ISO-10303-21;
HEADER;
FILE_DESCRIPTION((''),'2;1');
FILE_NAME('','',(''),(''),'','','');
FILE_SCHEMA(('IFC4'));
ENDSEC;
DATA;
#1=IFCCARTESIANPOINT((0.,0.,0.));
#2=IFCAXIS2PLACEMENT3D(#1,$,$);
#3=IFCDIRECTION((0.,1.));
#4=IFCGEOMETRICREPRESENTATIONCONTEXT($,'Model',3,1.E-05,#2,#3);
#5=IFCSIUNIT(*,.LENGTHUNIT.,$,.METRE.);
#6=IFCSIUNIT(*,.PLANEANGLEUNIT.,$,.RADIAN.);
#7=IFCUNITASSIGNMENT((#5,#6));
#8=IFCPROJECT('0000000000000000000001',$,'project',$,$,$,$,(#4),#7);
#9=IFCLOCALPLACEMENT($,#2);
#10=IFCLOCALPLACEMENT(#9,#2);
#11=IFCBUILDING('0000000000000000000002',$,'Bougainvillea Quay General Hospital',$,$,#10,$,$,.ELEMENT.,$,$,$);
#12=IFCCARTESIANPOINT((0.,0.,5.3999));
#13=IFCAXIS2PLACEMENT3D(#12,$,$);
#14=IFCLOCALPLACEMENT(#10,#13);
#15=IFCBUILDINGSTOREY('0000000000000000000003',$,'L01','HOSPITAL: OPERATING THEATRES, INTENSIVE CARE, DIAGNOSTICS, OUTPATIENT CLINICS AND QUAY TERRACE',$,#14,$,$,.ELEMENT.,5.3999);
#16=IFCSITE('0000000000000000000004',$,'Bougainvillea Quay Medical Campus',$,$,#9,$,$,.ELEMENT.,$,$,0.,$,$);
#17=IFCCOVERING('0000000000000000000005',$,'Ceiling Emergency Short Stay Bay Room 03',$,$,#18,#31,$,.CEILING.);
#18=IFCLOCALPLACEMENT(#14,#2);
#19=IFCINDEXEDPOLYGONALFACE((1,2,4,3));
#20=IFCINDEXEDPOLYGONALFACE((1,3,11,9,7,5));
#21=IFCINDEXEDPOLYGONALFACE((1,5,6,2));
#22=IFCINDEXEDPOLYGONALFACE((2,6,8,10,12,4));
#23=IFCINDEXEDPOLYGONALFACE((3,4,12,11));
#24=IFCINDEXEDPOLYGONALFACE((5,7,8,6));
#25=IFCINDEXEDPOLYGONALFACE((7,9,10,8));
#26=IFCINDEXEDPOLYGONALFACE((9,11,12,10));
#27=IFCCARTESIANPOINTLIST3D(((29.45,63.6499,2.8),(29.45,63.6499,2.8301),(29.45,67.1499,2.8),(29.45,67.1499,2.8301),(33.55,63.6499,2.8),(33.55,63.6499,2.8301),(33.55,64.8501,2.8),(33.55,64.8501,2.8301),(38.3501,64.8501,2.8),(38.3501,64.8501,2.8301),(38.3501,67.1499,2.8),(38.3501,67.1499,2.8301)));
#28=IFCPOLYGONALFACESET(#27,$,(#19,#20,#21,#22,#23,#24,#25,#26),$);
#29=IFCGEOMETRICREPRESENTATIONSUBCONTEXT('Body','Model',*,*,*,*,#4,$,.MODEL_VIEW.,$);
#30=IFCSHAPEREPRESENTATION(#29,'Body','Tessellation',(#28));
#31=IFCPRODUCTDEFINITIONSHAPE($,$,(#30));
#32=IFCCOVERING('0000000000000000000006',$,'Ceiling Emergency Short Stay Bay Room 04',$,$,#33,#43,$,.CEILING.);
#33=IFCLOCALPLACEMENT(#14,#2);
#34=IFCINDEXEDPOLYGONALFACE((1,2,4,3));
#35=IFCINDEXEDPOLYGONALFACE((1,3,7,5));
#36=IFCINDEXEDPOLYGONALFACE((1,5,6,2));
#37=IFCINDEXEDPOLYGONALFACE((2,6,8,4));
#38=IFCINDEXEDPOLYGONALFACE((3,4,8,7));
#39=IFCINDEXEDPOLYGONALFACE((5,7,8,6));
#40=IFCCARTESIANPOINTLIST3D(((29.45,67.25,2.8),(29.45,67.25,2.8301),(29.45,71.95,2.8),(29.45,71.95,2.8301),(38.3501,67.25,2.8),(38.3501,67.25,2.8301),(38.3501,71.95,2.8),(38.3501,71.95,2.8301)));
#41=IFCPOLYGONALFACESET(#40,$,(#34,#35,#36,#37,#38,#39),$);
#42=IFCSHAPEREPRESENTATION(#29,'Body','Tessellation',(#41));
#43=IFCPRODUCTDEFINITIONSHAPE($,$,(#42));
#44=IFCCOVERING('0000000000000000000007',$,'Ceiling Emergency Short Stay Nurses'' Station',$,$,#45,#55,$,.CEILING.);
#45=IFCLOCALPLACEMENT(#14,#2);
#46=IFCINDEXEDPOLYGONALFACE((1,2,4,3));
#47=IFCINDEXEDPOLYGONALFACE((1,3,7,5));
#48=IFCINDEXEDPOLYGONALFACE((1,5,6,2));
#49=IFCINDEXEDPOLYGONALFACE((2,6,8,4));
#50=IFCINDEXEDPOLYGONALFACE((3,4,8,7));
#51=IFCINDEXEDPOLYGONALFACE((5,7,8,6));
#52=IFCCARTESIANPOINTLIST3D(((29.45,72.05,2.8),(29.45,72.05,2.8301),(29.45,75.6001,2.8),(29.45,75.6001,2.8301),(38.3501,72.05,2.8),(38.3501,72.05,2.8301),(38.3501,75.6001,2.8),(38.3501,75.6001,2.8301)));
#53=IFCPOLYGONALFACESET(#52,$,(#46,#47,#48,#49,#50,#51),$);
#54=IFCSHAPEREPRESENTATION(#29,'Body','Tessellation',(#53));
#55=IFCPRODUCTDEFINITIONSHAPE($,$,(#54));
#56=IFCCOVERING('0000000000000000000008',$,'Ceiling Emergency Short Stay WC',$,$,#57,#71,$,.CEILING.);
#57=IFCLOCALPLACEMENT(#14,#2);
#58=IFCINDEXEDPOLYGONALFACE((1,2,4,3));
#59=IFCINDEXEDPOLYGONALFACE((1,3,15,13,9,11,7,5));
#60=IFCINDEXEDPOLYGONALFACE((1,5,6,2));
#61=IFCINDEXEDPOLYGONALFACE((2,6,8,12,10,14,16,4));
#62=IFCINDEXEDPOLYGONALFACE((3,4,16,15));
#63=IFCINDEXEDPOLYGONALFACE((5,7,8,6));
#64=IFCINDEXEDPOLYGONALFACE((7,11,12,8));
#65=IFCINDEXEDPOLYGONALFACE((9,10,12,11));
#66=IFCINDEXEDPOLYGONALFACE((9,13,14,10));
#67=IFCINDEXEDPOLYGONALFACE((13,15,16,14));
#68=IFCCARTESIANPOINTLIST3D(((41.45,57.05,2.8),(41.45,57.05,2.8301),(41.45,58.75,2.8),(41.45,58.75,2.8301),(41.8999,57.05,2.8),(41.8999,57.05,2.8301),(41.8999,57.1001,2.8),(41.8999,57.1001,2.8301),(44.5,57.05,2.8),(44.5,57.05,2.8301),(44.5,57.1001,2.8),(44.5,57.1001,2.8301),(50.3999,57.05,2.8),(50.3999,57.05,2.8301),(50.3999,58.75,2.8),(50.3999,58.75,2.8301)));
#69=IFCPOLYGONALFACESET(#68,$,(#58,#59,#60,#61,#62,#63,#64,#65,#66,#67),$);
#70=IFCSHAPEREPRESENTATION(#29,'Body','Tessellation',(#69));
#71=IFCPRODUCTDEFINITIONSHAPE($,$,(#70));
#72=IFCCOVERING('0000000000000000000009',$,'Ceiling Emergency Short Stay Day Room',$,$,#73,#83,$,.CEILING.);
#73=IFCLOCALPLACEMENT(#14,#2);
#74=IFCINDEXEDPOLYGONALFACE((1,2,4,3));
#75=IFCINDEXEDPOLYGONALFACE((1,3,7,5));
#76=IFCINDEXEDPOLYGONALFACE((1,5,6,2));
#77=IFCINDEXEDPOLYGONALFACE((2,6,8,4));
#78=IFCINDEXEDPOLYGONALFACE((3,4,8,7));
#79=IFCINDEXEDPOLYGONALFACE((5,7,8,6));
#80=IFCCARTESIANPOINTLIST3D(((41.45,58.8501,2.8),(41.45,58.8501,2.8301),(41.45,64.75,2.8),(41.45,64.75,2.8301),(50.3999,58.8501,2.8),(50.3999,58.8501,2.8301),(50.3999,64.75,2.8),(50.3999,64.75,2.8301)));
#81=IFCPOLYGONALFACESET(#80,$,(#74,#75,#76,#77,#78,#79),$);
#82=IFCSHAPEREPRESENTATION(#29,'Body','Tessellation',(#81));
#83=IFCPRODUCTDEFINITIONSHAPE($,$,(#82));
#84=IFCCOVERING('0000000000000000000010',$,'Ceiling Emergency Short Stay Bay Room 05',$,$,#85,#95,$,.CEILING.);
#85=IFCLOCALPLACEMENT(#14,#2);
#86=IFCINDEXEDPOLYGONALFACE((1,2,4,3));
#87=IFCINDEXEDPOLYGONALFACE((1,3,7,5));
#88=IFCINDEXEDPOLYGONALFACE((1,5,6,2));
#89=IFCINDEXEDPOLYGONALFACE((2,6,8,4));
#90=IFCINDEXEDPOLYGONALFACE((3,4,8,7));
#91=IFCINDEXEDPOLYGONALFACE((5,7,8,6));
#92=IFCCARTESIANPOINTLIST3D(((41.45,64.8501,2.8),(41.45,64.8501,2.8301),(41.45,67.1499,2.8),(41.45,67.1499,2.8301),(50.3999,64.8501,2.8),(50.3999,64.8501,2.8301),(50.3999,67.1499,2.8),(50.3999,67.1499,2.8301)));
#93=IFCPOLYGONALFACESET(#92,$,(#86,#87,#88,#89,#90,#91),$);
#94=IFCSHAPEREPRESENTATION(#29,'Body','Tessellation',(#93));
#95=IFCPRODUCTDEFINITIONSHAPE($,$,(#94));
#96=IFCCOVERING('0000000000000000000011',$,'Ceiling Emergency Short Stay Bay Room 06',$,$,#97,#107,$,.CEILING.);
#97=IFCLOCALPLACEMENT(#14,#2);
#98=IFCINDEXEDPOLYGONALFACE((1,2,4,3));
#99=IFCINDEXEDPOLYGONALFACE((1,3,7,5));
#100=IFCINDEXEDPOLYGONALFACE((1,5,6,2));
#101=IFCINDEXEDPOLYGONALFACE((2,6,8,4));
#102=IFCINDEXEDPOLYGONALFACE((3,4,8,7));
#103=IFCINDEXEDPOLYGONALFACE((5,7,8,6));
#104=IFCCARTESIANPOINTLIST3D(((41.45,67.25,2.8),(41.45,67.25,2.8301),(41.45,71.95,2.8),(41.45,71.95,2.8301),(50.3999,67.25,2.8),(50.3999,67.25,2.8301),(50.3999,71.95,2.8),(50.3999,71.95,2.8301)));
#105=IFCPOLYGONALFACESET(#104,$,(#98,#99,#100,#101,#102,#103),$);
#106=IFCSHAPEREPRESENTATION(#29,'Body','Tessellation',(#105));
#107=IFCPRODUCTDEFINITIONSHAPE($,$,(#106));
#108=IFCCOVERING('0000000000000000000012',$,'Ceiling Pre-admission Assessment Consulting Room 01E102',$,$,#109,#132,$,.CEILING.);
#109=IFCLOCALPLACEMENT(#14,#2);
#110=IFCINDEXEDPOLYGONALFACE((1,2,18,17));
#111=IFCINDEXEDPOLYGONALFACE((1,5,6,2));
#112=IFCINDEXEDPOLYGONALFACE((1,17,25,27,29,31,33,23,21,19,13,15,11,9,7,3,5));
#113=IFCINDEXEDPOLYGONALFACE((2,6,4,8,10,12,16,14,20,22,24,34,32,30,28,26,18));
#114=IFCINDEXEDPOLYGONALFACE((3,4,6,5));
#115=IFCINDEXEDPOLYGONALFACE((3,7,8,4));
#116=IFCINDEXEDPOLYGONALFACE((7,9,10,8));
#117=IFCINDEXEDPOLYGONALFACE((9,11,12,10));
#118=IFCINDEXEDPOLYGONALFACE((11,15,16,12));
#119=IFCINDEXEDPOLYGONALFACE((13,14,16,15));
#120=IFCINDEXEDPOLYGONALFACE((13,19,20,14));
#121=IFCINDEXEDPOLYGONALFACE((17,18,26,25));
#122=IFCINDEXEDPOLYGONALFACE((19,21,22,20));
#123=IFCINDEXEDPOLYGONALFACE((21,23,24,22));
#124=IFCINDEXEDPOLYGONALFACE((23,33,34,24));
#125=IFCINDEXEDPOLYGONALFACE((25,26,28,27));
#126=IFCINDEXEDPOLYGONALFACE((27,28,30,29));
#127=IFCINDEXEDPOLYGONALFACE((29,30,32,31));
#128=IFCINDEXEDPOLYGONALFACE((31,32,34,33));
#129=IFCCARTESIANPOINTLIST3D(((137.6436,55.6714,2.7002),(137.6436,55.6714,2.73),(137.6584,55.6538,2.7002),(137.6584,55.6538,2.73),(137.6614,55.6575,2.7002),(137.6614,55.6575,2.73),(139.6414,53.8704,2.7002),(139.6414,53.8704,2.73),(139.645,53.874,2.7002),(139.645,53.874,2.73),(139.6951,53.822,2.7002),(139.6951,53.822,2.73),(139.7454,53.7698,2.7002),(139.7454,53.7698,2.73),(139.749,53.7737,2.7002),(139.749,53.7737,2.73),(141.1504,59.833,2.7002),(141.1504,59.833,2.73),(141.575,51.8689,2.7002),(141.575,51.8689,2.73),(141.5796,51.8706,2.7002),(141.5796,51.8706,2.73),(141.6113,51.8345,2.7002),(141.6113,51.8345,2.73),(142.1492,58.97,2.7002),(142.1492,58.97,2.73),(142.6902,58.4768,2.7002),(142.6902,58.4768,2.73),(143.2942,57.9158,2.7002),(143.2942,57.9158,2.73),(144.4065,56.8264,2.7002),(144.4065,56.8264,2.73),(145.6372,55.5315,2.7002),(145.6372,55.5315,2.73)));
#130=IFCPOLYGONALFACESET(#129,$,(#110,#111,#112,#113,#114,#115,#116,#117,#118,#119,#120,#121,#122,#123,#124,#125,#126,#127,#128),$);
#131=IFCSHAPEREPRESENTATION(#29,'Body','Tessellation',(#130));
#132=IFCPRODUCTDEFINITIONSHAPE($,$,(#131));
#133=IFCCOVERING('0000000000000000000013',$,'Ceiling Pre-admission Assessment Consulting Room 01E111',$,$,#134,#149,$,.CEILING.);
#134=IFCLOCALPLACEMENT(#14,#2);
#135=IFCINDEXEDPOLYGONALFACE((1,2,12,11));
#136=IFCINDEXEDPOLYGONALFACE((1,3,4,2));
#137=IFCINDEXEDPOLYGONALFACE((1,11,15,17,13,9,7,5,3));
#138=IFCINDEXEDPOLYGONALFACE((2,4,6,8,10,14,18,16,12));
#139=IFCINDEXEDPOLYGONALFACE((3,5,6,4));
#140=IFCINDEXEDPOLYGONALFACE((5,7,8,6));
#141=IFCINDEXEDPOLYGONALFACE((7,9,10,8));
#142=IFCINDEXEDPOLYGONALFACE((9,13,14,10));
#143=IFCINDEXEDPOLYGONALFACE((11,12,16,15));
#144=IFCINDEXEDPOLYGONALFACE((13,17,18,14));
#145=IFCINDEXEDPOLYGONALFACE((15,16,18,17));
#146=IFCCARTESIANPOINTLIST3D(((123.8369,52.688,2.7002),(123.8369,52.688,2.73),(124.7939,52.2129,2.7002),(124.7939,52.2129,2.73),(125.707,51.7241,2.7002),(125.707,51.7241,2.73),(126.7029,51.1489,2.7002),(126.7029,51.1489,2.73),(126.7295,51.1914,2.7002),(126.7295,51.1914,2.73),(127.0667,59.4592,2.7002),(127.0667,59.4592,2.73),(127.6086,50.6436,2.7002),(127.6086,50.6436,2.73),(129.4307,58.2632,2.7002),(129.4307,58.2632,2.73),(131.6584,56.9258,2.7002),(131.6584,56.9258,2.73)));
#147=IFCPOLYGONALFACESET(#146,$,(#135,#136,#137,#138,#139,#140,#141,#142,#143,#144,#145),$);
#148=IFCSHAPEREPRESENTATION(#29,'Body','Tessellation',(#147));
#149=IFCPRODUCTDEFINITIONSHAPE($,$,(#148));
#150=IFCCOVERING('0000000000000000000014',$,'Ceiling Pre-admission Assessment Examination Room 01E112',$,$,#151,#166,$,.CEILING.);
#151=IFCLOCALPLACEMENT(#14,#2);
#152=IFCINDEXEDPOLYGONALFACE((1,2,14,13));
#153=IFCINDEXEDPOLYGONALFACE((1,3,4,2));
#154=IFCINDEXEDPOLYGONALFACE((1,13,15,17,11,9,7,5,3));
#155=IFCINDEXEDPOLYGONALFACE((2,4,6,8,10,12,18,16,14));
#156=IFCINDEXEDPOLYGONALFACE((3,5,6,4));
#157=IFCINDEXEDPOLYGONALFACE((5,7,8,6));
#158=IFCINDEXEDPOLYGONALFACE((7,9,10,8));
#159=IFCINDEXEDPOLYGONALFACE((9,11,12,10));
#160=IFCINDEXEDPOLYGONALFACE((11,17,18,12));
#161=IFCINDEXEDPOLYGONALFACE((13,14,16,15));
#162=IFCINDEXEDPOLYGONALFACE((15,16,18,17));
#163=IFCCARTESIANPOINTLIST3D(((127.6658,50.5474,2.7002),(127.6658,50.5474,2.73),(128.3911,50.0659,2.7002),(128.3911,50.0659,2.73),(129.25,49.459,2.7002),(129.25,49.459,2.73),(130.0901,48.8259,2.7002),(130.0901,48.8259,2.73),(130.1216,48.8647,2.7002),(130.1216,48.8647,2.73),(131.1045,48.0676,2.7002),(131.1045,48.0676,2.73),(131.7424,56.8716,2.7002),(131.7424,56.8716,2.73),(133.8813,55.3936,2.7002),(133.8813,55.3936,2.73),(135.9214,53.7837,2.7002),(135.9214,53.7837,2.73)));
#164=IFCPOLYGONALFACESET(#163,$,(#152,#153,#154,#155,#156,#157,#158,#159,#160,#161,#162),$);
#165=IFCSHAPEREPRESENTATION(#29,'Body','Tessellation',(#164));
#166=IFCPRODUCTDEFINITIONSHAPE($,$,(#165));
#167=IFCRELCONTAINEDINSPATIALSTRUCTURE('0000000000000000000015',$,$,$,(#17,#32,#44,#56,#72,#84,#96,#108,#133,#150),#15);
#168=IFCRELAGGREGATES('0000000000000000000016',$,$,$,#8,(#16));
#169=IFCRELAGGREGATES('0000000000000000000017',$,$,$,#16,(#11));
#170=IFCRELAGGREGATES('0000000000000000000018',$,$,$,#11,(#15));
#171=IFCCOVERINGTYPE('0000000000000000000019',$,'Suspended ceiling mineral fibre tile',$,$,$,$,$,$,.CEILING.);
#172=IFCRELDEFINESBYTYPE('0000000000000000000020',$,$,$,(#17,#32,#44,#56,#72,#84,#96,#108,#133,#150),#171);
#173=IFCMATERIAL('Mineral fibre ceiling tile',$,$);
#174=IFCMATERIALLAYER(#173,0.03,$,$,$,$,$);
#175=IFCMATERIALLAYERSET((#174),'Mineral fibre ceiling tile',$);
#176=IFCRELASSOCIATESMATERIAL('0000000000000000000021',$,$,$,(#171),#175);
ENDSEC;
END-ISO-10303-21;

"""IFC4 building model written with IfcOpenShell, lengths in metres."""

from ifc_helpers import new_model, si_unit, direction, frame, origin, place, context, subcontext, project, spatial, polyline, outline, extrude, material, layer, layer_set, type_object, element, save


model = new_model("IFC4")

# Units and contexts
model_context = context("Model", 3, precision=1e-05, world=origin(), true_north=direction((0.0, 1.0)))
body_context = subcontext(model_context, "Body", "Model", "MODEL_VIEW")
ifc_project = project(units=[si_unit("LENGTHUNIT", "METRE"), si_unit("PLANEANGLEUNIT", "RADIAN")], contexts=[model_context])

# Site, building, storey
site_placement = place(None, origin())
site = spatial("IfcSite", under=ifc_project, at=site_placement, Name="Bougainvillea Quay Medical Campus", CompositionType="ELEMENT", RefElevation=0.0)
building_placement = place(site_placement, origin())
building = spatial("IfcBuilding", under=site, at=building_placement, Name="Bougainvillea Quay General Hospital", CompositionType="ELEMENT")
storey_placement = place(building_placement, frame((0.0, 0.0, 5.3999)))
storey = spatial("IfcBuildingStorey", under=building, at=storey_placement, Name="L01", Description="HOSPITAL: OPERATING THEATRES, INTENSIVE CARE, DIAGNOSTICS, OUTPATIENT CLINICS AND QUAY TERRACE", CompositionType="ELEMENT", Elevation=5.3999)

# Coverings
ifc_material = material(Name="Mineral fibre ceiling tile")
ifc_layer = layer(ifc_material, 0.03)
ifc_layer_set = layer_set([ifc_layer], Name="Mineral fibre ceiling tile")
covering_type = type_object("IfcCoveringType", Name="Suspended ceiling mineral fibre tile", PredefinedType="CEILING", material=ifc_layer_set)
covering_1_placement = place(storey_placement, frame((0.0, 0.0, 2.8)))
element("IfcCovering", 1, at=covering_1_placement, inside=storey, type_object=covering_type, Name="Ceiling Emergency Short Stay Bay Room 03", PredefinedType="CEILING", context=body_context, shape_type="SweptSolid", body=[
    extrude(outline(polyline([(38.3501, 64.8501), (38.3501, 67.1499), (29.45, 67.1499), (29.45, 63.6499), (33.55, 63.6499), (33.55, 64.8501), (38.3501, 64.8501)])), origin(), (0.0, 0.0, 1.0), 0.03),
])
covering_2_placement = place(storey_placement, frame((0.0, 0.0, 2.8)))
element("IfcCovering", 2, at=covering_2_placement, inside=storey, type_object=covering_type, Name="Ceiling Emergency Short Stay Bay Room 04", PredefinedType="CEILING", context=body_context, shape_type="SweptSolid", body=[
    extrude(outline(polyline([(38.3501, 67.25), (38.3501, 71.95), (29.45, 71.95), (29.45, 67.25), (38.3501, 67.25)])), origin(), (0.0, 0.0, 1.0), 0.03),
])
covering_3_placement = place(storey_placement, frame((0.0, 0.0, 2.8)))
element("IfcCovering", 3, at=covering_3_placement, inside=storey, type_object=covering_type, Name="Ceiling Emergency Short Stay Nurses' Station", PredefinedType="CEILING", context=body_context, shape_type="SweptSolid", body=[
    extrude(outline(polyline([(29.45, 75.6001), (29.45, 72.05), (38.3501, 72.05), (38.3501, 75.6001), (29.45, 75.6001)])), origin(), (0.0, 0.0, 1.0), 0.03),
])
covering_4_placement = place(storey_placement, frame((0.0, 0.0, 2.8)))
element("IfcCovering", 4, at=covering_4_placement, inside=storey, type_object=covering_type, Name="Ceiling Emergency Short Stay WC", PredefinedType="CEILING", context=body_context, shape_type="SweptSolid", body=[
    extrude(outline(polyline([(50.3999, 58.75), (41.45, 58.75), (41.45, 57.05), (41.8999, 57.05), (41.8999, 57.1001), (44.5, 57.1001), (44.5, 57.05), (50.3999, 57.05), (50.3999, 58.75)])), origin(), (0.0, 0.0, 1.0), 0.03),
])
covering_5_placement = place(storey_placement, frame((0.0, 0.0, 2.8)))
element("IfcCovering", 5, at=covering_5_placement, inside=storey, type_object=covering_type, Name="Ceiling Emergency Short Stay Day Room", PredefinedType="CEILING", context=body_context, shape_type="SweptSolid", body=[
    extrude(outline(polyline([(50.3999, 64.75), (41.45, 64.75), (41.45, 58.8501), (50.3999, 58.8501), (50.3999, 64.75)])), origin(), (0.0, 0.0, 1.0), 0.03),
])
covering_6_placement = place(storey_placement, frame((0.0, 0.0, 2.8)))
element("IfcCovering", 6, at=covering_6_placement, inside=storey, type_object=covering_type, Name="Ceiling Emergency Short Stay Bay Room 05", PredefinedType="CEILING", context=body_context, shape_type="SweptSolid", body=[
    extrude(outline(polyline([(50.3999, 67.1499), (41.45, 67.1499), (41.45, 64.8501), (50.3999, 64.8501), (50.3999, 67.1499)])), origin(), (0.0, 0.0, 1.0), 0.03),
])
covering_7_placement = place(storey_placement, frame((0.0, 0.0, 2.8)))
element("IfcCovering", 7, at=covering_7_placement, inside=storey, type_object=covering_type, Name="Ceiling Emergency Short Stay Bay Room 06", PredefinedType="CEILING", context=body_context, shape_type="SweptSolid", body=[
    extrude(outline(polyline([(50.3999, 71.95), (41.45, 71.95), (41.45, 67.25), (50.3999, 67.25), (50.3999, 71.95)])), origin(), (0.0, 0.0, 1.0), 0.03),
])
covering_8_placement = place(storey_placement, frame((0.0, 0.0, 2.7002)))
element("IfcCovering", 8, at=covering_8_placement, inside=storey, type_object=covering_type, Name="Ceiling Pre-admission Assessment Consulting Room 01E102", PredefinedType="CEILING", context=body_context, shape_type="SweptSolid", body=[
    extrude(outline(polyline([(139.7454, 53.7698), (141.575, 51.8689), (141.5796, 51.8706), (141.6113, 51.8345), (145.6372, 55.5315), (144.4065, 56.8264), (143.2942, 57.9158), (142.6902, 58.4768), (142.1492, 58.97), (141.1504, 59.833), (137.6436, 55.6714), (137.6614, 55.6575), (137.6584, 55.6538), (139.6414, 53.8704), (139.645, 53.874), (139.6951, 53.822), (139.749, 53.7737), (139.7454, 53.7698)])), origin(), (0.0, 0.0, 1.0), 0.0298),
])
covering_9_placement = place(storey_placement, frame((0.0, 0.0, 2.7002)))
element("IfcCovering", 9, at=covering_9_placement, inside=storey, type_object=covering_type, Name="Ceiling Pre-admission Assessment Consulting Room 01E111", PredefinedType="CEILING", context=body_context, shape_type="SweptSolid", body=[
    extrude(outline(polyline([(126.7029, 51.1489), (126.7295, 51.1914), (127.6086, 50.6436), (131.6584, 56.9258), (129.4307, 58.2632), (127.0667, 59.4592), (123.8369, 52.688), (124.7939, 52.2129), (125.707, 51.7241), (126.7029, 51.1489)])), origin(), (0.0, 0.0, 1.0), 0.0298),
])
covering_10_placement = place(storey_placement, frame((0.0, 0.0, 2.7002)))
element("IfcCovering", 10, at=covering_10_placement, inside=storey, type_object=covering_type, Name="Ceiling Pre-admission Assessment Examination Room 01E112", PredefinedType="CEILING", context=body_context, shape_type="SweptSolid", body=[
    extrude(outline(polyline([(130.0901, 48.8259), (130.1216, 48.8647), (131.1045, 48.0676), (135.9214, 53.7837), (133.8813, 55.3936), (131.7424, 56.8716), (127.6658, 50.5474), (128.3911, 50.0659), (129.25, 49.459), (130.0901, 48.8259)])), origin(), (0.0, 0.0, 1.0), 0.0298),
])

save(model, "model.ifc")
